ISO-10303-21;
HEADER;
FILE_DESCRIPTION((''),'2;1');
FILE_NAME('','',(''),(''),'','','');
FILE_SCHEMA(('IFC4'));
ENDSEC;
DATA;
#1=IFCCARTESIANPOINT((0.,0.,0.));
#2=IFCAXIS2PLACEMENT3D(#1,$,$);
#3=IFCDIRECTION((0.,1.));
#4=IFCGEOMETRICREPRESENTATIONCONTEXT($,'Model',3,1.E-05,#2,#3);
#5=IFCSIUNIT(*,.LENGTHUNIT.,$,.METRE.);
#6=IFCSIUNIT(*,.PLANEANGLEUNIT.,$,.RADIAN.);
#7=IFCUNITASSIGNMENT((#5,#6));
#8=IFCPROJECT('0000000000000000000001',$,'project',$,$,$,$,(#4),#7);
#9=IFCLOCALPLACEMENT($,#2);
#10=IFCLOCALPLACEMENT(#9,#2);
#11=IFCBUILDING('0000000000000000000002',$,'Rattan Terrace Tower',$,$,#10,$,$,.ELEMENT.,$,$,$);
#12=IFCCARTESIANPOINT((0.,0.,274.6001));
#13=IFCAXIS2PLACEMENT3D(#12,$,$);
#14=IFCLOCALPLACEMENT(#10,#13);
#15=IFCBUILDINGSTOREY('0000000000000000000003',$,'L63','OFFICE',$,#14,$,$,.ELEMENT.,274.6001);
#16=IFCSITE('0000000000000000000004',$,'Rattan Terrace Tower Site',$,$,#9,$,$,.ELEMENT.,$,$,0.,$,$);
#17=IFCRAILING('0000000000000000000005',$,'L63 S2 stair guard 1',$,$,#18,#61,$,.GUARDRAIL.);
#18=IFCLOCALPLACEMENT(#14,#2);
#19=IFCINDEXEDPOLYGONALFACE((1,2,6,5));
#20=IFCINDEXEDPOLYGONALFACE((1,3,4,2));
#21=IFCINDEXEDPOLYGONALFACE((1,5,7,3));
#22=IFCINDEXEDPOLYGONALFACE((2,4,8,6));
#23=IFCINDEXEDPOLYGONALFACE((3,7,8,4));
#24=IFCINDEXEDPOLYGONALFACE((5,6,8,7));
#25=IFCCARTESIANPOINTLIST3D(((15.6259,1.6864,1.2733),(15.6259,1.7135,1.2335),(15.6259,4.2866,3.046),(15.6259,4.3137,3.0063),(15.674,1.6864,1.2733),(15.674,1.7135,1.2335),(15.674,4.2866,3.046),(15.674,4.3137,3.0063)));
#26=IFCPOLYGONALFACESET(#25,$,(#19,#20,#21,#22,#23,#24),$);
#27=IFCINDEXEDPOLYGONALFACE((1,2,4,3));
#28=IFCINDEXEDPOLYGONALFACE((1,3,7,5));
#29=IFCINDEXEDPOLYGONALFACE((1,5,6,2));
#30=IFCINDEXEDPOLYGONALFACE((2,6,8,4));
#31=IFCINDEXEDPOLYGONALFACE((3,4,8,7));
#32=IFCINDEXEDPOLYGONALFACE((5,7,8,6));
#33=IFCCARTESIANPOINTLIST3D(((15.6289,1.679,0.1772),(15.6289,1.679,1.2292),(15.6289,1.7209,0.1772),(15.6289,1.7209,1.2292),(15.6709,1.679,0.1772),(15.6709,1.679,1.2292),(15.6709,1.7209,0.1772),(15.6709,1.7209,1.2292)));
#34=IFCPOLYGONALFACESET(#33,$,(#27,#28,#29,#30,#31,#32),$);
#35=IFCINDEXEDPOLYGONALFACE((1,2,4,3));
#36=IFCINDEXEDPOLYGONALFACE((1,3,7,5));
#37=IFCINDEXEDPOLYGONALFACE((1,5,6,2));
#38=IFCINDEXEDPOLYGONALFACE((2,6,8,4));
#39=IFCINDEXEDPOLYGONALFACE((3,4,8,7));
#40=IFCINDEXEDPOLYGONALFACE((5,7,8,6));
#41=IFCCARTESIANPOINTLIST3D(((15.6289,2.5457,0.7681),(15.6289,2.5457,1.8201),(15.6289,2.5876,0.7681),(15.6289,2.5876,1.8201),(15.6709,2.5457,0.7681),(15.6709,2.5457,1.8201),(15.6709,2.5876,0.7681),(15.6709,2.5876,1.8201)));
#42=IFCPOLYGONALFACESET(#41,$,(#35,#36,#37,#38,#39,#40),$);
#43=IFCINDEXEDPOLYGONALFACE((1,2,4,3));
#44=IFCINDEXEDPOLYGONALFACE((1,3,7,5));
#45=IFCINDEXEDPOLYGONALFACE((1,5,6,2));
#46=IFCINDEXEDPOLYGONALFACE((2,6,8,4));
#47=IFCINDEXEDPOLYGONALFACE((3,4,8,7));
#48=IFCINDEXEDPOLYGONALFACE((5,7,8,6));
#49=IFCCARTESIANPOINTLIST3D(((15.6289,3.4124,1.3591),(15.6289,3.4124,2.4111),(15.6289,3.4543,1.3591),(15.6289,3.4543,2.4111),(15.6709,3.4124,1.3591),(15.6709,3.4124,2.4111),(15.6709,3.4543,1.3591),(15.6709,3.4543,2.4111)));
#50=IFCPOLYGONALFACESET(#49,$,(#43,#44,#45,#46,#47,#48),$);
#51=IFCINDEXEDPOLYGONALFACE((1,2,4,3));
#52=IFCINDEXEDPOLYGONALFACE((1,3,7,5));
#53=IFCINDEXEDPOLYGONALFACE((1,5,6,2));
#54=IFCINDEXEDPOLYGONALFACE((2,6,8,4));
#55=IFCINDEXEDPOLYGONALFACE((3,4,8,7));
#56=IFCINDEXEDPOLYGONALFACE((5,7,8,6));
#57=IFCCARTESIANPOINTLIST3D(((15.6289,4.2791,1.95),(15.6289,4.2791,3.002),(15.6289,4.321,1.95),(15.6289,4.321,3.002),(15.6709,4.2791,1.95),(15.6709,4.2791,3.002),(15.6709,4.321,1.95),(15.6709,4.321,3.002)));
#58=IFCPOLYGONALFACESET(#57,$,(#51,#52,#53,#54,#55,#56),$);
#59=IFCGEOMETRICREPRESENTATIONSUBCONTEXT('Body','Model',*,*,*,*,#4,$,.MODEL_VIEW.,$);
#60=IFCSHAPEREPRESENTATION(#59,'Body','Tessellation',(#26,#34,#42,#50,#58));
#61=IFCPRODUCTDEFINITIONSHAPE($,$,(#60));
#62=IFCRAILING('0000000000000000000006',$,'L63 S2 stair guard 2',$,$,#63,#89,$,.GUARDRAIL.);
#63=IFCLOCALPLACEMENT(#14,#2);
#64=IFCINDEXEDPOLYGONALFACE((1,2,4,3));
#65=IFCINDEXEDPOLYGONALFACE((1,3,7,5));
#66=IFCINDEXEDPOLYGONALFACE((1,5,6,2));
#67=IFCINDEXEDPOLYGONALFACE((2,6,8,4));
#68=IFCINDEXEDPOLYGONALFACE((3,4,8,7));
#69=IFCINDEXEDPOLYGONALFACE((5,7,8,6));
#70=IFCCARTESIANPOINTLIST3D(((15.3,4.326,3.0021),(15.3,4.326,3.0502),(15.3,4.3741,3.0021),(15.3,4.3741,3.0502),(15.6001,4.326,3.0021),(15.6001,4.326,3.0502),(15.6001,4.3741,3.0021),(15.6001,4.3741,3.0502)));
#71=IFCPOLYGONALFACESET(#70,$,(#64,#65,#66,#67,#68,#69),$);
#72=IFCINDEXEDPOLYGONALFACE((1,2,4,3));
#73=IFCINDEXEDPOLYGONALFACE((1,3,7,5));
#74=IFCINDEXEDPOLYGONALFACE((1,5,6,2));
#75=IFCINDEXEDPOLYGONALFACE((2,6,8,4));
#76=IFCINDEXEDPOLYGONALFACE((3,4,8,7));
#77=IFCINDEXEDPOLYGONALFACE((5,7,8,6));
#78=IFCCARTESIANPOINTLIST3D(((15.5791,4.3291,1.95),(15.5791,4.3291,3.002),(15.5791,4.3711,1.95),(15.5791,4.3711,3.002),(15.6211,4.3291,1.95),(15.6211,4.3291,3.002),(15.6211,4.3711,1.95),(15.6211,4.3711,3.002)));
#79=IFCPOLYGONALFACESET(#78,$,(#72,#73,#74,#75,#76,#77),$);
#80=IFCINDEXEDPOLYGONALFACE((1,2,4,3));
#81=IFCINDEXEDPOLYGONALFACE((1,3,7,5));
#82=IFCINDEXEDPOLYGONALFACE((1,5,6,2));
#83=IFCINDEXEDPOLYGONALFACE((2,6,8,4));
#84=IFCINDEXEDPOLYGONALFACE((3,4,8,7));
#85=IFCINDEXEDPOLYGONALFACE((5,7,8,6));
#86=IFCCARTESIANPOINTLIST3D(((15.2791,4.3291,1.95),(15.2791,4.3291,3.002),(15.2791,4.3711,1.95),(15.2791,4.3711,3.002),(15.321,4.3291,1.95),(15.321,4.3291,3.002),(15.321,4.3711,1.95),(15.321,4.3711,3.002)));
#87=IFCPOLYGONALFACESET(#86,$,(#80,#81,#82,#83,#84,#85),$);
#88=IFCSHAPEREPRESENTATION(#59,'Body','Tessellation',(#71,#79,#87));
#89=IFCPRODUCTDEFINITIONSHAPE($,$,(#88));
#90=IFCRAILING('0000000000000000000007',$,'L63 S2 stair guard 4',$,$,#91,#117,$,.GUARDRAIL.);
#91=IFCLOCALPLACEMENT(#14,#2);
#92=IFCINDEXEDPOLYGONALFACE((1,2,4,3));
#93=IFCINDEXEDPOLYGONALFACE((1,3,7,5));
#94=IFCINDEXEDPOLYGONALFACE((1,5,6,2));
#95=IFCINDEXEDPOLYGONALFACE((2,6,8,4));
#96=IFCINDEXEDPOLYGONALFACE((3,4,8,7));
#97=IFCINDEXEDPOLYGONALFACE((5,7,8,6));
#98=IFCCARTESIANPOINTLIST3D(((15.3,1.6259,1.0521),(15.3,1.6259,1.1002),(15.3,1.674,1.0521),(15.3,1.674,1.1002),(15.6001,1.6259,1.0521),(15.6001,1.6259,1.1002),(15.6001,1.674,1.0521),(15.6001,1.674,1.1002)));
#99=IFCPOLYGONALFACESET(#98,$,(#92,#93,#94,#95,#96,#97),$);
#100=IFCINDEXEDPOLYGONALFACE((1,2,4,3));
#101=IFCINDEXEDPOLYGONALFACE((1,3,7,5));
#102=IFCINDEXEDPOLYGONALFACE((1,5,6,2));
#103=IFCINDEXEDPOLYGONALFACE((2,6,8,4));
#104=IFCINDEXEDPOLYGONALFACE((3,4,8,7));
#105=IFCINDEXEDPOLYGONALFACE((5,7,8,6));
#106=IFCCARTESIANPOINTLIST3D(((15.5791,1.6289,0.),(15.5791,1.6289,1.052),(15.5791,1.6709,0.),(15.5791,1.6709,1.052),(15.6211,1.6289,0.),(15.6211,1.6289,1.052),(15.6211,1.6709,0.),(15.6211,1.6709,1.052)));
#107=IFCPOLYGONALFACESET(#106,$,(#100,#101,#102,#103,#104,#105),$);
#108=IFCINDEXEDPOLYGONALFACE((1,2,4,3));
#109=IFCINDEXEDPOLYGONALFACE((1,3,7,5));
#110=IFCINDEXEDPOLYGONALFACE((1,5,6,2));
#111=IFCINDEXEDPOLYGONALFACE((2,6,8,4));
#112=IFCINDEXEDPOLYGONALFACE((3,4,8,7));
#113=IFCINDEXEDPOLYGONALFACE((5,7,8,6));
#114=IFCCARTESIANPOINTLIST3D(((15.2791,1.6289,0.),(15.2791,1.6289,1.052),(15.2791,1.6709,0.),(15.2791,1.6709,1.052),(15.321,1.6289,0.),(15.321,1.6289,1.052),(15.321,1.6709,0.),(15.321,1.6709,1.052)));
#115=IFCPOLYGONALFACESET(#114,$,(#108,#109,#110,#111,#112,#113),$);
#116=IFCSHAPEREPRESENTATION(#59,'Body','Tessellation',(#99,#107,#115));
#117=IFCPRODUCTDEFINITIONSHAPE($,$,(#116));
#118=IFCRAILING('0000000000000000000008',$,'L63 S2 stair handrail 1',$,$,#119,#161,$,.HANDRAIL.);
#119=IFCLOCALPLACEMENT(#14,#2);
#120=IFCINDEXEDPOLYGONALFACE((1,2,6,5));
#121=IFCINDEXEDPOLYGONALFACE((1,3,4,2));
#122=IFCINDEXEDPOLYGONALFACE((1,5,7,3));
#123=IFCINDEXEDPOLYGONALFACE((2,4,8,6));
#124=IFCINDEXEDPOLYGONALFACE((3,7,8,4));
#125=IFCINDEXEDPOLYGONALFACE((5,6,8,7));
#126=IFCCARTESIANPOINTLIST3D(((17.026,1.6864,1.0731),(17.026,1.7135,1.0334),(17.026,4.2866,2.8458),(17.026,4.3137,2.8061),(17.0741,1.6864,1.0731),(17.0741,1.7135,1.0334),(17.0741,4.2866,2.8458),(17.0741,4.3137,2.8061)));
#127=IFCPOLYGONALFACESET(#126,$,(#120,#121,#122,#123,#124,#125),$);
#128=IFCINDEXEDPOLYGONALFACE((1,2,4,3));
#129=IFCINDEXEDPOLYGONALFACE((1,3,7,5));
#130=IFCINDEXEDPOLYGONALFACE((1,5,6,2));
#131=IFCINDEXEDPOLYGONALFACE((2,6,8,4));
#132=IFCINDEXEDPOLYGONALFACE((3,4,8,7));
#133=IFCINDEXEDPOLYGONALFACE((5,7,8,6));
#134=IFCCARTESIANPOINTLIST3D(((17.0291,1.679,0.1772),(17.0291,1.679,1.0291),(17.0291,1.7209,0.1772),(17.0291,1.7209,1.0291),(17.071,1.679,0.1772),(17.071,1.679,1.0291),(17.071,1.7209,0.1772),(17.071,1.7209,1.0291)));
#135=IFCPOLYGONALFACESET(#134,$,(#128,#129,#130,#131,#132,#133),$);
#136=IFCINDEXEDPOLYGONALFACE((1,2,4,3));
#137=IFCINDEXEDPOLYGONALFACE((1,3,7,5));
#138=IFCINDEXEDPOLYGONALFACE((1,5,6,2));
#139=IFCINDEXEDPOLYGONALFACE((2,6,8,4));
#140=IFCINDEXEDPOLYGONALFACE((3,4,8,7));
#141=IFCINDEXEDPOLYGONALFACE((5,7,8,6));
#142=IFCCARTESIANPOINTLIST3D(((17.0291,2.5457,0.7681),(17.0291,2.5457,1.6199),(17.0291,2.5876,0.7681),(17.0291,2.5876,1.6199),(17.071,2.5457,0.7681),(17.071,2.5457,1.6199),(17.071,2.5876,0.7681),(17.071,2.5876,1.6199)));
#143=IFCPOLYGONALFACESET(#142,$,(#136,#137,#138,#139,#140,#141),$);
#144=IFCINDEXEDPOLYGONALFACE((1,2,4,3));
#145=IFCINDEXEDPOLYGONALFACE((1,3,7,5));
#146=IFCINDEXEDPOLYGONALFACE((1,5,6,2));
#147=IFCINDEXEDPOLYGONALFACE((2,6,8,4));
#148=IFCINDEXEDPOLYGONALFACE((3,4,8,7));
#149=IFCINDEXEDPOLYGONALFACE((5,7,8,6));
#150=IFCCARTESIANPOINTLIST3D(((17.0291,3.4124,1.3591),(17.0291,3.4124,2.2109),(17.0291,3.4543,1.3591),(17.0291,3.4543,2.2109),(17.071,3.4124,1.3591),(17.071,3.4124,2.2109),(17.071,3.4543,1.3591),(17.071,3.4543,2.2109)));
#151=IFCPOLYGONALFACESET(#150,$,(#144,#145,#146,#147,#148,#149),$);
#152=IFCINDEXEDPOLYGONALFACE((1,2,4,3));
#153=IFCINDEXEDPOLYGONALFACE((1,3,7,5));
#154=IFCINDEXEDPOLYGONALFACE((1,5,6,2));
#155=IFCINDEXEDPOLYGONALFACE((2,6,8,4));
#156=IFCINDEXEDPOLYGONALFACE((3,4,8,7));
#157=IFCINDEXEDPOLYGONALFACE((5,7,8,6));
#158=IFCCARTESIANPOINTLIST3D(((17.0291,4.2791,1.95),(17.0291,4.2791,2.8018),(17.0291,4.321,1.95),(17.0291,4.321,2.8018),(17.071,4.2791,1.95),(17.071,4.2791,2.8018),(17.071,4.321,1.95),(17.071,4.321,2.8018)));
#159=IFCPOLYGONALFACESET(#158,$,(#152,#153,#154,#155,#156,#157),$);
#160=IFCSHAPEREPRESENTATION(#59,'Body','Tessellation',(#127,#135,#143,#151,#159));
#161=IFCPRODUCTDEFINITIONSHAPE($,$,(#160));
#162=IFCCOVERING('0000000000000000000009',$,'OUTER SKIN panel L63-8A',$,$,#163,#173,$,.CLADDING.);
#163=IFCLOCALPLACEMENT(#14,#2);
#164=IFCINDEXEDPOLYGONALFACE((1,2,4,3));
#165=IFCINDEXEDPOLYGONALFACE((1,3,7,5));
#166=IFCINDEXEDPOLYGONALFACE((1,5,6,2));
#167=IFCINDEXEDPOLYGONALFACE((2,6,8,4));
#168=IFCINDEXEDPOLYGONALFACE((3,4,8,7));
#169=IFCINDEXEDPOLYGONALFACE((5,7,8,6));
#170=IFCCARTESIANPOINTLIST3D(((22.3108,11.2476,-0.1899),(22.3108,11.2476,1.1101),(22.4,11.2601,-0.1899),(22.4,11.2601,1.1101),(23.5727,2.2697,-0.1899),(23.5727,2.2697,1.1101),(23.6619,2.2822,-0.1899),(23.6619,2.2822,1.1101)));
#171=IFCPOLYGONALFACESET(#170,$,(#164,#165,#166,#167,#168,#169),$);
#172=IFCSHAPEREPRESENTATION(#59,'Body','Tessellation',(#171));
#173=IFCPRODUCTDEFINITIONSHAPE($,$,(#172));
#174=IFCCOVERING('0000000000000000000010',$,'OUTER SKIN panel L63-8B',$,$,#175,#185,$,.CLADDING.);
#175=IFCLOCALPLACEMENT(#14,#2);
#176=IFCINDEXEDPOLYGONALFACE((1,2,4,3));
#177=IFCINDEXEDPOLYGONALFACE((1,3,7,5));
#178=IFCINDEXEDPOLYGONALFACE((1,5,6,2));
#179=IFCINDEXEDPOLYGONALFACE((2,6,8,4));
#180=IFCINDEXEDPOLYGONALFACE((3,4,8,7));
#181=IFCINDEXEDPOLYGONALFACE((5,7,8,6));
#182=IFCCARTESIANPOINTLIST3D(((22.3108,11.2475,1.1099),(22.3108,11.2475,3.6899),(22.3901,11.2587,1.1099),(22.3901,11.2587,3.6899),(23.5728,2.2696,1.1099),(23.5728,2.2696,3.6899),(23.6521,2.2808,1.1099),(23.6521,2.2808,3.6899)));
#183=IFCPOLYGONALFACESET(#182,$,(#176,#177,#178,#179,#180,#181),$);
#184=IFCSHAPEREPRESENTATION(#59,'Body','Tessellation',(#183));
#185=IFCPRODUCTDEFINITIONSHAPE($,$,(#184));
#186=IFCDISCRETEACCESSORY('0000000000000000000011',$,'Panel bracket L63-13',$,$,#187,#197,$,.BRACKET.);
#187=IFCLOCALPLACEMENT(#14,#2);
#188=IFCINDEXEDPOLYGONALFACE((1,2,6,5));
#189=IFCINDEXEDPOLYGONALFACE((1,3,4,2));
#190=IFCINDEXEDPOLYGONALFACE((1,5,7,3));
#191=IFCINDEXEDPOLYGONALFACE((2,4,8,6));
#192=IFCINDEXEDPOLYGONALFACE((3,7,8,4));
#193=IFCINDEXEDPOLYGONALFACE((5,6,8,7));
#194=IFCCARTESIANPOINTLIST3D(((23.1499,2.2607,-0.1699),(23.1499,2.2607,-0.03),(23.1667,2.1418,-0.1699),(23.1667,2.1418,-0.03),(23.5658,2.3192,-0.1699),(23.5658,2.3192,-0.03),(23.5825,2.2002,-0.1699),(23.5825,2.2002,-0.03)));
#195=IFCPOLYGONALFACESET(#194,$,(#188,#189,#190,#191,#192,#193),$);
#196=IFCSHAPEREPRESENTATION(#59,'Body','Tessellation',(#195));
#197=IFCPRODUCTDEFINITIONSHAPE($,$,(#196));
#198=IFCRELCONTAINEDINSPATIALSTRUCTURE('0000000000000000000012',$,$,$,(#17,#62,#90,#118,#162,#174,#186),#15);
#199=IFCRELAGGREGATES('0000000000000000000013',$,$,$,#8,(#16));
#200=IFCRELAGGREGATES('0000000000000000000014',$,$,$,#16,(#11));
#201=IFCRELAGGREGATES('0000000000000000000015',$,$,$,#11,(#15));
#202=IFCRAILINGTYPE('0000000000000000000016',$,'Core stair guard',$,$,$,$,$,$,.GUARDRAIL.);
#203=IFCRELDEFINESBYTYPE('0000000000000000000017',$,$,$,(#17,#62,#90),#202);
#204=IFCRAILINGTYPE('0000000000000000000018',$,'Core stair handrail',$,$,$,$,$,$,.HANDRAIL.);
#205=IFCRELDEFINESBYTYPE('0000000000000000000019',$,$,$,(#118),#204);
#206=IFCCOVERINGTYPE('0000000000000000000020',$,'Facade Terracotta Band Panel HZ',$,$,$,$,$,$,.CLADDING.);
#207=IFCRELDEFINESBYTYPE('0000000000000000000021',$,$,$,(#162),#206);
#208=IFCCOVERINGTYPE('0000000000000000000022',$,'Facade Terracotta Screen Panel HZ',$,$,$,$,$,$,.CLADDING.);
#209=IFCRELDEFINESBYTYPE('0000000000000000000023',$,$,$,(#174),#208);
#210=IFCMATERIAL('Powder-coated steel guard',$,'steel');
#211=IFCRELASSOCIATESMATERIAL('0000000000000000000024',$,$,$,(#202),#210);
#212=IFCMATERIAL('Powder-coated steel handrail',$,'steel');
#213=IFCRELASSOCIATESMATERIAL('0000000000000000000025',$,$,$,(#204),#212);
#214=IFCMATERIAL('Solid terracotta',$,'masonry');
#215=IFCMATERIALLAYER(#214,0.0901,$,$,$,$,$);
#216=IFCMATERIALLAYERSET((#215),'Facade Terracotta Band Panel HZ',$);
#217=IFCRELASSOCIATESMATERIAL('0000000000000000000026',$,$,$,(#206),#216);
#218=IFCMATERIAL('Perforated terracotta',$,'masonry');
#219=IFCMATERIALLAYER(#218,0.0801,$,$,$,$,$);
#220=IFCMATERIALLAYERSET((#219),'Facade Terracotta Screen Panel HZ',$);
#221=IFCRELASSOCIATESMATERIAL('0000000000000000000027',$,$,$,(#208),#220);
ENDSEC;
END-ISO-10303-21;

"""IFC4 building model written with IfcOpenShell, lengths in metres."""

from ifc_helpers import new_model, si_unit, direction, frame, origin, origin_2d, place, context, subcontext, project, spatial, rectangle, extrude, material, layer, layer_set, type_object, element, save


model = new_model("IFC4")

# Units and contexts
model_context = context("Model", 3, precision=1e-05, world=origin(), true_north=direction((0.0, 1.0)))
body_context = subcontext(model_context, "Body", "Model", "MODEL_VIEW")
ifc_project = project(units=[si_unit("LENGTHUNIT", "METRE"), si_unit("PLANEANGLEUNIT", "RADIAN")], contexts=[model_context])

# Site, building, storey
site_placement = place(None, origin())
site = spatial("IfcSite", under=ifc_project, at=site_placement, Name="Rattan Terrace Tower Site", CompositionType="ELEMENT", RefElevation=0.0)
building_placement = place(site_placement, origin())
building = spatial("IfcBuilding", under=site, at=building_placement, Name="Rattan Terrace Tower", CompositionType="ELEMENT")
storey_placement = place(building_placement, frame((0.0, 0.0, 274.6001)))
storey = spatial("IfcBuildingStorey", under=building, at=storey_placement, Name="L63", Description="OFFICE", CompositionType="ELEMENT", Elevation=274.6001)

# Railings
ifc_material_1 = material(Name="Powder-coated steel guard", Category="steel")
railing_type_1 = type_object("IfcRailingType", Name="Core stair guard", PredefinedType="GUARDRAIL", material=ifc_material_1)
railing_1_placement = place(storey_placement, frame((15.6499, 1.7, 0.1772)))
element("IfcRailing", 1, at=railing_1_placement, inside=storey, type_object=railing_type_1, Name="L63 S2 stair guard 1", PredefinedType="GUARDRAIL", context=body_context, shape_type="SweptSolid", body=[
    extrude(rectangle(XDim=0.0481, YDim=0.0481, at=origin_2d()), frame((0.0, 0.0, 1.0762), z_axis=(0.0, 0.82624, 0.563318), x_axis=(-1.0, 0.0, 0.0)), (0.0, 0.0, 1.0), 3.147),
    extrude(rectangle(XDim=0.042, YDim=0.042, at=origin_2d()), origin(), (0.0, 0.0, 1.0), 1.052),
    extrude(rectangle(XDim=0.042, YDim=0.042, at=origin_2d()), frame((0.0, 0.8667, 0.5908)), (0.0, 0.0, 1.0), 1.052),
    extrude(rectangle(XDim=0.042, YDim=0.042, at=origin_2d()), frame((0.0, 1.7334, 1.1819)), (0.0, 0.0, 1.0), 1.052),
    extrude(rectangle(XDim=0.042, YDim=0.042, at=origin_2d()), frame((0.0, 2.6001, 1.7727)), (0.0, 0.0, 1.0), 1.052),
])
for number, where, name in (
    (2, (15.6001, 4.3501, 1.95), "L63 S2 stair guard 2"),
    (3, (15.6001, 1.6499, 0.0), "L63 S2 stair guard 4"),
):
    element("IfcRailing", number, at=place(storey_placement, frame(where)), inside=storey, type_object=railing_type_1, Name=name, PredefinedType="GUARDRAIL", context=body_context, shape_type="SweptSolid", body=[
        extrude(rectangle(XDim=0.0481, YDim=0.0481, at=origin_2d()), frame((0.0, 0.0, 1.0762), z_axis=(-1.0, 0.0, 0.0), x_axis=(0.0, -1.0, 0.0)), (0.0, 0.0, 1.0), 0.3),
        extrude(rectangle(XDim=0.042, YDim=0.042, at=origin_2d()), origin(), (0.0, 0.0, 1.0), 1.052),
        extrude(rectangle(XDim=0.042, YDim=0.042, at=origin_2d()), frame((-0.3, 0.0, 0.0)), (0.0, 0.0, 1.0), 1.052),
    ])
ifc_material_2 = material(Name="Powder-coated steel handrail", Category="steel")
railing_type_2 = type_object("IfcRailingType", Name="Core stair handrail", PredefinedType="HANDRAIL", material=ifc_material_2)
railing_2_placement = place(storey_placement, frame((17.05, 1.7, 0.1772)))
element("IfcRailing", 4, at=railing_2_placement, inside=storey, type_object=railing_type_2, Name="L63 S2 stair handrail 1", PredefinedType="HANDRAIL", context=body_context, shape_type="SweptSolid", body=[
    extrude(rectangle(XDim=0.0481, YDim=0.0481, at=origin_2d()), frame((0.0, 0.0, 0.876), z_axis=(0.0, 0.82624, 0.563318), x_axis=(-1.0, 0.0, 0.0)), (0.0, 0.0, 1.0), 3.147),
    extrude(rectangle(XDim=0.042, YDim=0.042, at=origin_2d()), origin(), (0.0, 0.0, 1.0), 0.8518),
    extrude(rectangle(XDim=0.042, YDim=0.042, at=origin_2d()), frame((0.0, 0.8667, 0.5908)), (0.0, 0.0, 1.0), 0.8518),
    extrude(rectangle(XDim=0.042, YDim=0.042, at=origin_2d()), frame((0.0, 1.7334, 1.1819)), (0.0, 0.0, 1.0), 0.8518),
    extrude(rectangle(XDim=0.042, YDim=0.042, at=origin_2d()), frame((0.0, 2.6001, 1.7727)), (0.0, 0.0, 1.0), 0.8518),
])

# Coverings
ifc_material_3 = material(Name="Solid terracotta", Category="masonry")
ifc_layer_1 = layer(ifc_material_3, 0.0901)
ifc_layer_set_1 = layer_set([ifc_layer_1], Name="Facade Terracotta Band Panel HZ")
covering_type_1 = type_object("IfcCoveringType", Name="Facade Terracotta Band Panel HZ", PredefinedType="CLADDING", material=ifc_layer_set_1)
covering_1_placement = place(storey_placement, frame((22.9863, 6.7649, -0.1899), z_axis=(0.0, 0.0, 1.0), x_axis=(-0.139192, 0.990265, 0.0)))
element("IfcCovering", 5, at=covering_1_placement, inside=storey, type_object=covering_type_1, Name="OUTER SKIN panel L63-8A", PredefinedType="CLADDING", context=body_context, shape_type="SweptSolid", body=[
    extrude(rectangle(XDim=9.0662, YDim=0.0901, at=origin_2d()), origin(), (0.0, 0.0, 1.0), 1.3),
])
ifc_material_4 = material(Name="Perforated terracotta", Category="masonry")
ifc_layer_2 = layer(ifc_material_4, 0.0801)
ifc_layer_set_2 = layer_set([ifc_layer_2], Name="Facade Terracotta Screen Panel HZ")
covering_type_2 = type_object("IfcCoveringType", Name="Facade Terracotta Screen Panel HZ", PredefinedType="CLADDING", material=ifc_layer_set_2)
covering_2_placement = place(storey_placement, frame((22.9814, 6.7642, 1.1099), z_axis=(0.0, 0.0, 1.0), x_axis=(-0.139192, 0.990265, 0.0)))
element("IfcCovering", 6, at=covering_2_placement, inside=storey, type_object=covering_type_2, Name="OUTER SKIN panel L63-8B", PredefinedType="CLADDING", context=body_context, shape_type="SweptSolid", body=[
    extrude(rectangle(XDim=9.0662, YDim=0.0801, at=origin_2d()), origin(), (0.0, 0.0, 1.0), 2.5801),
])

# Discrete accessory
discrete_accessory_placement = place(storey_placement, frame((23.3662, 2.2305, -0.1699), z_axis=(0.0, 0.0, 1.0), x_axis=(-0.139192, 0.990265, 0.0)))
element("IfcDiscreteAccessory", 7, at=discrete_accessory_placement, inside=storey, Name="Panel bracket L63-13", PredefinedType="BRACKET", context=body_context, shape_type="SweptSolid", body=[
    extrude(rectangle(XDim=0.1201, YDim=0.4199, at=origin_2d()), origin(), (0.0, 0.0, 1.0), 0.1399),
])

save(model, "model.ifc")
